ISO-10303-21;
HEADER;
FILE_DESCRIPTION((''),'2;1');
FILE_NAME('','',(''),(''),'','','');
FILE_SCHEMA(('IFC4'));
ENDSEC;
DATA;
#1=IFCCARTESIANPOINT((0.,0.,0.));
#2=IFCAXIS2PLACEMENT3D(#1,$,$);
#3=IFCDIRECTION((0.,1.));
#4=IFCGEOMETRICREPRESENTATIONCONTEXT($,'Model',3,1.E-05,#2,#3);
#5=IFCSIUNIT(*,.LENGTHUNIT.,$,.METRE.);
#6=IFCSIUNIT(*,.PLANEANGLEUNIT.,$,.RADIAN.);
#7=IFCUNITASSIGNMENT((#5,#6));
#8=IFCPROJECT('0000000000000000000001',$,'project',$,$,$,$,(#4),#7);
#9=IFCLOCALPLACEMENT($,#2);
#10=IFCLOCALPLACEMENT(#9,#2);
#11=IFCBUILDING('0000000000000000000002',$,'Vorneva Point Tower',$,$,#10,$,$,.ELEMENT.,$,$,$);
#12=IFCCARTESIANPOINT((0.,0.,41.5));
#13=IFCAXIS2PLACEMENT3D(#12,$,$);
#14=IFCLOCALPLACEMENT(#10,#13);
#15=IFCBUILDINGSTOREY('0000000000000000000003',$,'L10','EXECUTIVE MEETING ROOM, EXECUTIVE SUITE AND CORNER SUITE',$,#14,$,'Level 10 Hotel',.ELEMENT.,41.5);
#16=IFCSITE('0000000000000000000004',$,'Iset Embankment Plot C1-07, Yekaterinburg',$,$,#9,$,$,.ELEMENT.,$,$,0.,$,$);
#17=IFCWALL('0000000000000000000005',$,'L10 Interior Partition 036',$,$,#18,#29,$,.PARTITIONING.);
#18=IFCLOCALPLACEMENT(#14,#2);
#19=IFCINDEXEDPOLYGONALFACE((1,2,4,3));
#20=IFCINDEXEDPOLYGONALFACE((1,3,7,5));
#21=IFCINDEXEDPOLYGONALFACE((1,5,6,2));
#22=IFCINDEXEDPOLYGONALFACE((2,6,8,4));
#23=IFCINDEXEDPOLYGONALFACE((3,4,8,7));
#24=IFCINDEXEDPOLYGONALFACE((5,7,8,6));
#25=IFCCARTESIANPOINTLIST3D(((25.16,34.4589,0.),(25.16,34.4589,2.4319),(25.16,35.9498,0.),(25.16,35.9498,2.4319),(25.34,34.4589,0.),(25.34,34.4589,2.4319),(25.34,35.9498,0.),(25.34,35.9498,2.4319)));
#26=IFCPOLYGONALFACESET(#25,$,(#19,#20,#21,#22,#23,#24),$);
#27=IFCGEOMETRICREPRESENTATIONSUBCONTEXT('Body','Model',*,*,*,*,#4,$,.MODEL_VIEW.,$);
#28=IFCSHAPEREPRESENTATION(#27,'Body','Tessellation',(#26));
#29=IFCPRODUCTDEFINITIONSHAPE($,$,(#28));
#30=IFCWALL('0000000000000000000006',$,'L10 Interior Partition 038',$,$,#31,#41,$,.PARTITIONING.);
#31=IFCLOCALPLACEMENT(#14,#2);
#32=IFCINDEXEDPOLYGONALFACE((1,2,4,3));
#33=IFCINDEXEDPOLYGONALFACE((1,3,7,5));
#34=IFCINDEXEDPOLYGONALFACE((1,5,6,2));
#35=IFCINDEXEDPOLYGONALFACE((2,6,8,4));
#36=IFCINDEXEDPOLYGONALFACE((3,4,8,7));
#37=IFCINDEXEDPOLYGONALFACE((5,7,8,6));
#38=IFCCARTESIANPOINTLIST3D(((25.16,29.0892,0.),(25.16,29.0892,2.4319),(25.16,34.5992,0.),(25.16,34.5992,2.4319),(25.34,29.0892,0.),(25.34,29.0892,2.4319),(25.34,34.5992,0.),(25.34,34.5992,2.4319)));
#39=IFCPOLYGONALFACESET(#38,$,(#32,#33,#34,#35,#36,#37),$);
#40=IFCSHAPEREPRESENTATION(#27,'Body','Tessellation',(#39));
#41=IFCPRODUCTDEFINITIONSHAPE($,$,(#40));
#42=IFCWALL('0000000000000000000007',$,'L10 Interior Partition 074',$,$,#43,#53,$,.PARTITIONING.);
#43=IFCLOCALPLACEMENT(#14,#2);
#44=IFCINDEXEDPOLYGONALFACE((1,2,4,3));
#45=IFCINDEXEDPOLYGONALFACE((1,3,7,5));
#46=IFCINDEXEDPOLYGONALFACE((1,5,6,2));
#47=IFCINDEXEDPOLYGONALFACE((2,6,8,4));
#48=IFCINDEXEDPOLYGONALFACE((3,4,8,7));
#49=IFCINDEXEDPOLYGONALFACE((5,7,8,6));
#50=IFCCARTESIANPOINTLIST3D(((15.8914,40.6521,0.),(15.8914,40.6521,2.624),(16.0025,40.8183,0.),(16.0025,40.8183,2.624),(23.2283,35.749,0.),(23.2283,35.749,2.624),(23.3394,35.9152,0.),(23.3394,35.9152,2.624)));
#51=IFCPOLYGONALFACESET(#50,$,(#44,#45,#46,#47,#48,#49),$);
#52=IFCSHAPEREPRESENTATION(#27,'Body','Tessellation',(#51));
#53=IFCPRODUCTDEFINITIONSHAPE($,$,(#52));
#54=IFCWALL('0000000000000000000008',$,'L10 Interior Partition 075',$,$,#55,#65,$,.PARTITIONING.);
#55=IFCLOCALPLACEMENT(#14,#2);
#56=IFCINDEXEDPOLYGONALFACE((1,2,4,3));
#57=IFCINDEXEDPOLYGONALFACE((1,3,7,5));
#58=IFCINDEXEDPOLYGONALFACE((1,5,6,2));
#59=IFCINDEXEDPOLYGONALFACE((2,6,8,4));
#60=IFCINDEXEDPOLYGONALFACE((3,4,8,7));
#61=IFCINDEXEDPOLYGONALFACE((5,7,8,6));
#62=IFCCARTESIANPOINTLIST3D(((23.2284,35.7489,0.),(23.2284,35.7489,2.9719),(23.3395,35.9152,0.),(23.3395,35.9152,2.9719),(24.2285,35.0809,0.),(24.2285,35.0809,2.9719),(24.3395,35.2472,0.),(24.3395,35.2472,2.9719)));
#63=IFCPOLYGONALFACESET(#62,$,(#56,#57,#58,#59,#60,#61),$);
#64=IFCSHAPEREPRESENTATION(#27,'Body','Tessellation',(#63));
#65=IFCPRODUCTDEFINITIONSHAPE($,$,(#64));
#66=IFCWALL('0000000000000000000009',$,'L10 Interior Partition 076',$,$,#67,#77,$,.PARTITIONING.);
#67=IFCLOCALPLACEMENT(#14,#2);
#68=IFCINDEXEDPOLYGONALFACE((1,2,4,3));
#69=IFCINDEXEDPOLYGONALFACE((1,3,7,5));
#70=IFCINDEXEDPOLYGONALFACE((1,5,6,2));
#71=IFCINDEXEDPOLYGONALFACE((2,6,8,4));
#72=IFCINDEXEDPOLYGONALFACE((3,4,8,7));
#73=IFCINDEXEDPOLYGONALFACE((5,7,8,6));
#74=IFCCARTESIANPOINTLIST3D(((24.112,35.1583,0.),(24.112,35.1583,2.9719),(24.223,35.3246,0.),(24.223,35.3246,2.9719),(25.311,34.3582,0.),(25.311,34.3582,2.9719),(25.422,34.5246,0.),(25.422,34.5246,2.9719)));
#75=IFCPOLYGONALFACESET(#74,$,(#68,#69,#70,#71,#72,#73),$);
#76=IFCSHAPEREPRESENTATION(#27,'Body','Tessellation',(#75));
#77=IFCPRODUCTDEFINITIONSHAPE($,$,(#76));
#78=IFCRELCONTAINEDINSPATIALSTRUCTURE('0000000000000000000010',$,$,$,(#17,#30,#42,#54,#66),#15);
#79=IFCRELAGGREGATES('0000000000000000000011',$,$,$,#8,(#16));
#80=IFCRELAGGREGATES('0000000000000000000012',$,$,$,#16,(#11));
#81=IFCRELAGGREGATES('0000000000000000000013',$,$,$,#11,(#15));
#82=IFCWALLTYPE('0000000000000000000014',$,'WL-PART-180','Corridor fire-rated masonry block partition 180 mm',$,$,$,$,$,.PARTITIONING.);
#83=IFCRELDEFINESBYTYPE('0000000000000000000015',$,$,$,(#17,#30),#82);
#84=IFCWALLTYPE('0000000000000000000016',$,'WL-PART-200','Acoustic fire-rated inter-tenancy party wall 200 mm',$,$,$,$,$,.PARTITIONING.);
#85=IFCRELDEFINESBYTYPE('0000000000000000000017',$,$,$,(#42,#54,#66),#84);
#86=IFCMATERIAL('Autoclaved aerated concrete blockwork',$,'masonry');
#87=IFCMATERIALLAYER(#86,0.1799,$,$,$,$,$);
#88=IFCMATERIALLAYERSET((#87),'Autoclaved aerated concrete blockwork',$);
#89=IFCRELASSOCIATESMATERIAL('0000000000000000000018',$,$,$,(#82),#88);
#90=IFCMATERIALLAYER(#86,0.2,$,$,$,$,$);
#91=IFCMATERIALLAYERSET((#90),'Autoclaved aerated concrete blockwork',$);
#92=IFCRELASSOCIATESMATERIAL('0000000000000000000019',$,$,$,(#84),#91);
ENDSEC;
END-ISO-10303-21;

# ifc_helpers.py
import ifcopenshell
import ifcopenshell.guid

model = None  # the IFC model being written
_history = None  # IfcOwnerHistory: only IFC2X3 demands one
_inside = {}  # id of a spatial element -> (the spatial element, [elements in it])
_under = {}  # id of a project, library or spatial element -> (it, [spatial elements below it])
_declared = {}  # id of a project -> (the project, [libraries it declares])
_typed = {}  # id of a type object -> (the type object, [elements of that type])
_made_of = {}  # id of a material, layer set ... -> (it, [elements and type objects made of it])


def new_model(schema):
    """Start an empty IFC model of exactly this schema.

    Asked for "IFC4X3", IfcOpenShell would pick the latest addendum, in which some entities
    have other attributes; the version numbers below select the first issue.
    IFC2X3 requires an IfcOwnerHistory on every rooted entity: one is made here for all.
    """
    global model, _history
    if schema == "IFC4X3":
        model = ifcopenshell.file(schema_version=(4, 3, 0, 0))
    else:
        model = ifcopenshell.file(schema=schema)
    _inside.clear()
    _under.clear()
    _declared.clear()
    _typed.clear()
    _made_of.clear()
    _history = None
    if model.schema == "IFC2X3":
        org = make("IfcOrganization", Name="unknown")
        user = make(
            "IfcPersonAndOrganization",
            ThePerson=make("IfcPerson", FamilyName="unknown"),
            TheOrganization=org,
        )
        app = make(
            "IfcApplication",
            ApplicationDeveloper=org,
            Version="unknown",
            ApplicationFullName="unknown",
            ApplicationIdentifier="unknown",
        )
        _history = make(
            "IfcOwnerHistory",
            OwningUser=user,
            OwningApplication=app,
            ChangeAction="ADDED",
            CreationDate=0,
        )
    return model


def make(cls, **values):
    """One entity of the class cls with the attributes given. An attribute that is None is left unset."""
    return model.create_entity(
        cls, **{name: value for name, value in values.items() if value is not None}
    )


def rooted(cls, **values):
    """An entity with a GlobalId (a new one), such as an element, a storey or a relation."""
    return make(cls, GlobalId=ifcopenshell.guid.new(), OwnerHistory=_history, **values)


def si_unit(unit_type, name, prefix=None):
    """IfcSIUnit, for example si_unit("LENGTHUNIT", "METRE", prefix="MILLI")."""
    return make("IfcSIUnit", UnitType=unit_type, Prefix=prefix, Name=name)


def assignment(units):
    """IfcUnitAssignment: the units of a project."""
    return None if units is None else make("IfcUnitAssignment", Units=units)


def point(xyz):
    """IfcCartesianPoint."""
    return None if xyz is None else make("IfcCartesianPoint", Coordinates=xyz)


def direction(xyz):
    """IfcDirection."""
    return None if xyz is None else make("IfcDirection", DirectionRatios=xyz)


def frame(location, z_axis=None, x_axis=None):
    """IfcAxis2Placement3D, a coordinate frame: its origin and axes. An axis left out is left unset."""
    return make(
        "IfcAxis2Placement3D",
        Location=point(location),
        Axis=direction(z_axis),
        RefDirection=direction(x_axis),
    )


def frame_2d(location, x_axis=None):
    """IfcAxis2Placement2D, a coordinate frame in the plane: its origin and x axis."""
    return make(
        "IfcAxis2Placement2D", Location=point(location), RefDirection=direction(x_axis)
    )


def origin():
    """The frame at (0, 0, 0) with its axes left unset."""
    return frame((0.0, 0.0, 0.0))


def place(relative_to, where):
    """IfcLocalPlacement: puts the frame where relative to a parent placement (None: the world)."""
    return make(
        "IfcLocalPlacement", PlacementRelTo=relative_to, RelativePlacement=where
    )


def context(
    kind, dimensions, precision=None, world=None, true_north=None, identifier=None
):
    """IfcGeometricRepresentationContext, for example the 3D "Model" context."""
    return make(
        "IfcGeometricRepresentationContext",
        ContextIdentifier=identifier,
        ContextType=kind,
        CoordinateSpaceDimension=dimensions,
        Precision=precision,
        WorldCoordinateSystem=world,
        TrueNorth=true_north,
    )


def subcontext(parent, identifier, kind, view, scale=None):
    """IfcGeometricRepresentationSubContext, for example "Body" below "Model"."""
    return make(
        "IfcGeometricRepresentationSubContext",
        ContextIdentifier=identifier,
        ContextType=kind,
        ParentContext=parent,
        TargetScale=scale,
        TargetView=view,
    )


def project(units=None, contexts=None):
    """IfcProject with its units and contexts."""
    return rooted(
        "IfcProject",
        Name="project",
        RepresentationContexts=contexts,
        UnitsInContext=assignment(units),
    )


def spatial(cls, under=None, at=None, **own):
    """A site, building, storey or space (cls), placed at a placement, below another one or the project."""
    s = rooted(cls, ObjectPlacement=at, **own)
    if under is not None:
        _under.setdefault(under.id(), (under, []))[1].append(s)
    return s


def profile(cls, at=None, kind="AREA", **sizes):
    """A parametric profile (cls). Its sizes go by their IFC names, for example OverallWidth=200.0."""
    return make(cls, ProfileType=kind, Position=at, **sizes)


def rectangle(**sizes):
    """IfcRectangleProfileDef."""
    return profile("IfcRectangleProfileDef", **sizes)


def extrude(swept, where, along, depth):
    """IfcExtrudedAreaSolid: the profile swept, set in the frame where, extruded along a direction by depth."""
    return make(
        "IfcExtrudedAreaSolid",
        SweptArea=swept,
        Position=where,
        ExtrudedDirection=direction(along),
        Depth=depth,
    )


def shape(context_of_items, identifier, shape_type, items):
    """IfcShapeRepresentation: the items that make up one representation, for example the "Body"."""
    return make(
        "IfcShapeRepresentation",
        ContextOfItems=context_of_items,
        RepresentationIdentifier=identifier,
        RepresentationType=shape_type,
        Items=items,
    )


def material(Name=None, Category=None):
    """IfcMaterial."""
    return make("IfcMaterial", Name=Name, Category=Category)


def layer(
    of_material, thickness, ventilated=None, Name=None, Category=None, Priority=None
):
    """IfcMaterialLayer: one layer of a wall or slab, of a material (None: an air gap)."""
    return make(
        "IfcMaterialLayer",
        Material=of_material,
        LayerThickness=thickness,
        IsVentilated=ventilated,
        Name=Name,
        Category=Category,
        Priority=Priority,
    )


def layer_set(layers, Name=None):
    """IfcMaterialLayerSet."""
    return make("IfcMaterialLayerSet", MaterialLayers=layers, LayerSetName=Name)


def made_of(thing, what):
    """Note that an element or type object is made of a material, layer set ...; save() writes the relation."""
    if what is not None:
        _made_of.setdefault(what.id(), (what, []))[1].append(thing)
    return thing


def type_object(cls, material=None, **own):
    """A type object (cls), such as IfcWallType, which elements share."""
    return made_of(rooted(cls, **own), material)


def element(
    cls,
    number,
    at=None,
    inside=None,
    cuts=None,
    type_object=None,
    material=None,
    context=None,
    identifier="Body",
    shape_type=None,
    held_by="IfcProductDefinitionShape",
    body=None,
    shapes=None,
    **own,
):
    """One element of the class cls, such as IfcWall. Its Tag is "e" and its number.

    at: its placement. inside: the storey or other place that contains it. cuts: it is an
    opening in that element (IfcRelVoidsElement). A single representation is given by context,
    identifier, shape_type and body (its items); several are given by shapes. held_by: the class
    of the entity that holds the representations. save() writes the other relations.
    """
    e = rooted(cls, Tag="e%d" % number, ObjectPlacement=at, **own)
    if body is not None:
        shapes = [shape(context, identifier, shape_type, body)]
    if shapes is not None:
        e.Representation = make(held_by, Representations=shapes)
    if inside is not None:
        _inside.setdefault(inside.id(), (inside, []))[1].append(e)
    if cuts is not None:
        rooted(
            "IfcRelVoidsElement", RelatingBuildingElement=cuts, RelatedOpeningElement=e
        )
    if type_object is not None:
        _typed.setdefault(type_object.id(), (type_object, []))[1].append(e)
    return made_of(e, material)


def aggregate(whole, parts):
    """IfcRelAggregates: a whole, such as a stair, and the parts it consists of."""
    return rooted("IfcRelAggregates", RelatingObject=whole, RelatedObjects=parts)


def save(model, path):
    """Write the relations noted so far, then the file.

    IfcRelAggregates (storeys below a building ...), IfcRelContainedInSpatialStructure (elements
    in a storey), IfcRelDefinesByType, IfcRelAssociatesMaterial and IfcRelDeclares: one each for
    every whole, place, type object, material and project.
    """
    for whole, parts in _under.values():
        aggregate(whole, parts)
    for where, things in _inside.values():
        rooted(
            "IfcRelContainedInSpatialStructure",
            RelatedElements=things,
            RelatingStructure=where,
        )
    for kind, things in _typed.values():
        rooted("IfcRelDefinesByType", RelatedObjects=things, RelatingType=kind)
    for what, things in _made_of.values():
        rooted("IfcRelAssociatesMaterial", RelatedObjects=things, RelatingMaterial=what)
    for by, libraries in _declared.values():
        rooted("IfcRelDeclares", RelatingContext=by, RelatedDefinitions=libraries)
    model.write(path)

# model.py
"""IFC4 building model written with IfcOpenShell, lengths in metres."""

from ifc_helpers import new_model, si_unit, direction, frame, frame_2d, origin, place, context, subcontext, project, spatial, rectangle, extrude, material, layer, layer_set, type_object, element, save


model = new_model("IFC4")

# Units and contexts
model_context = context("Model", 3, precision=1e-05, world=origin(), true_north=direction((0.0, 1.0)))
body_context = subcontext(model_context, "Body", "Model", "MODEL_VIEW")
ifc_project = project(units=[si_unit("LENGTHUNIT", "METRE"), si_unit("PLANEANGLEUNIT", "RADIAN")], contexts=[model_context])

# Site, building, storey
site_placement = place(None, origin())
site = spatial("IfcSite", under=ifc_project, at=site_placement, Name="Iset Embankment Plot C1-07, Yekaterinburg", CompositionType="ELEMENT", RefElevation=0.0)
building_placement = place(site_placement, origin())
building = spatial("IfcBuilding", under=site, at=building_placement, Name="Vorneva Point Tower", CompositionType="ELEMENT")
storey_placement = place(building_placement, frame((0.0, 0.0, 41.5)))
storey = spatial("IfcBuildingStorey", under=building, at=storey_placement, Name="L10", Description="EXECUTIVE MEETING ROOM, EXECUTIVE SUITE AND CORNER SUITE", LongName="Level 10 Hotel", CompositionType="ELEMENT", Elevation=41.5)

# Walls
ifc_material_1 = material(Name="Autoclaved aerated concrete blockwork", Category="masonry")
ifc_layer_1 = layer(ifc_material_1, 0.1799)
ifc_layer_set_1 = layer_set([ifc_layer_1], Name="Autoclaved aerated concrete blockwork")
wall_type_1 = type_object("IfcWallType", Name="WL-PART-180", Description="Corridor fire-rated masonry block partition 180 mm", PredefinedType="PARTITIONING", material=ifc_layer_set_1)
wall_1_placement = place(storey_placement, frame((25.25, 35.95, 0.0), z_axis=(0.0, 0.0, 1.0), x_axis=(0.0, -1.0, 0.0)))
element("IfcWall", 1, at=wall_1_placement, inside=storey, type_object=wall_type_1, Name="L10 Interior Partition 036", PredefinedType="PARTITIONING", context=body_context, shape_type="SweptSolid", body=[
    extrude(rectangle(XDim=1.491, YDim=0.1799, at=frame_2d((0.7456, 0.0))), origin(), (0.0, 0.0, 1.0), 2.4319),
])
wall_2_placement = place(storey_placement, frame((25.25, 34.5991, 0.0), z_axis=(0.0, 0.0, 1.0), x_axis=(0.0, -1.0, 0.0)))
element("IfcWall", 2, at=wall_2_placement, inside=storey, type_object=wall_type_1, Name="L10 Interior Partition 038", PredefinedType="PARTITIONING", context=body_context, shape_type="SweptSolid", body=[
    extrude(rectangle(XDim=5.51, YDim=0.1799, at=frame_2d((2.7549, 0.0))), origin(), (0.0, 0.0, 1.0), 2.4319),
])
ifc_layer_2 = layer(ifc_material_1, 0.2)
ifc_layer_set_2 = layer_set([ifc_layer_2], Name="Autoclaved aerated concrete blockwork")
wall_type_2 = type_object("IfcWallType", Name="WL-PART-200", Description="Acoustic fire-rated inter-tenancy party wall 200 mm", PredefinedType="PARTITIONING", material=ifc_layer_set_2)
wall_3_placement = place(storey_placement, frame((15.947, 40.7351, 0.0), z_axis=(0.0, 0.0, 1.0), x_axis=(0.831433, -0.555626, 0.0)))
element("IfcWall", 3, at=wall_3_placement, inside=storey, type_object=wall_type_2, Name="L10 Interior Partition 074", PredefinedType="PARTITIONING", context=body_context, shape_type="SweptSolid", body=[
    extrude(rectangle(XDim=8.8245, YDim=0.2, at=frame_2d((4.4121, 0.0))), origin(), (0.0, 0.0, 1.0), 2.624),
])
wall_4_placement = place(storey_placement, frame((23.2839, 35.832, 0.0), z_axis=(0.0, 0.0, 1.0), x_axis=(0.83155, -0.55545, 0.0)))
element("IfcWall", 4, at=wall_4_placement, inside=storey, type_object=wall_type_2, Name="L10 Interior Partition 075", PredefinedType="PARTITIONING", context=body_context, shape_type="SweptSolid", body=[
    extrude(rectangle(XDim=1.2026, YDim=0.2, at=frame_2d((0.6013, 0.0))), origin(), (0.0, 0.0, 1.0), 2.9719),
])
wall_5_placement = place(storey_placement, frame((24.1675, 35.2415, 0.0), z_axis=(0.0, 0.0, 1.0), x_axis=(0.831816, -0.555052, 0.0)))
element("IfcWall", 5, at=wall_5_placement, inside=storey, type_object=wall_type_2, Name="L10 Interior Partition 076", PredefinedType="PARTITIONING", context=body_context, shape_type="SweptSolid", body=[
    extrude(rectangle(XDim=1.4414, YDim=0.2, at=frame_2d((0.7207, 0.0))), origin(), (0.0, 0.0, 1.0), 2.9719),
])

save(model, "model.ifc")
